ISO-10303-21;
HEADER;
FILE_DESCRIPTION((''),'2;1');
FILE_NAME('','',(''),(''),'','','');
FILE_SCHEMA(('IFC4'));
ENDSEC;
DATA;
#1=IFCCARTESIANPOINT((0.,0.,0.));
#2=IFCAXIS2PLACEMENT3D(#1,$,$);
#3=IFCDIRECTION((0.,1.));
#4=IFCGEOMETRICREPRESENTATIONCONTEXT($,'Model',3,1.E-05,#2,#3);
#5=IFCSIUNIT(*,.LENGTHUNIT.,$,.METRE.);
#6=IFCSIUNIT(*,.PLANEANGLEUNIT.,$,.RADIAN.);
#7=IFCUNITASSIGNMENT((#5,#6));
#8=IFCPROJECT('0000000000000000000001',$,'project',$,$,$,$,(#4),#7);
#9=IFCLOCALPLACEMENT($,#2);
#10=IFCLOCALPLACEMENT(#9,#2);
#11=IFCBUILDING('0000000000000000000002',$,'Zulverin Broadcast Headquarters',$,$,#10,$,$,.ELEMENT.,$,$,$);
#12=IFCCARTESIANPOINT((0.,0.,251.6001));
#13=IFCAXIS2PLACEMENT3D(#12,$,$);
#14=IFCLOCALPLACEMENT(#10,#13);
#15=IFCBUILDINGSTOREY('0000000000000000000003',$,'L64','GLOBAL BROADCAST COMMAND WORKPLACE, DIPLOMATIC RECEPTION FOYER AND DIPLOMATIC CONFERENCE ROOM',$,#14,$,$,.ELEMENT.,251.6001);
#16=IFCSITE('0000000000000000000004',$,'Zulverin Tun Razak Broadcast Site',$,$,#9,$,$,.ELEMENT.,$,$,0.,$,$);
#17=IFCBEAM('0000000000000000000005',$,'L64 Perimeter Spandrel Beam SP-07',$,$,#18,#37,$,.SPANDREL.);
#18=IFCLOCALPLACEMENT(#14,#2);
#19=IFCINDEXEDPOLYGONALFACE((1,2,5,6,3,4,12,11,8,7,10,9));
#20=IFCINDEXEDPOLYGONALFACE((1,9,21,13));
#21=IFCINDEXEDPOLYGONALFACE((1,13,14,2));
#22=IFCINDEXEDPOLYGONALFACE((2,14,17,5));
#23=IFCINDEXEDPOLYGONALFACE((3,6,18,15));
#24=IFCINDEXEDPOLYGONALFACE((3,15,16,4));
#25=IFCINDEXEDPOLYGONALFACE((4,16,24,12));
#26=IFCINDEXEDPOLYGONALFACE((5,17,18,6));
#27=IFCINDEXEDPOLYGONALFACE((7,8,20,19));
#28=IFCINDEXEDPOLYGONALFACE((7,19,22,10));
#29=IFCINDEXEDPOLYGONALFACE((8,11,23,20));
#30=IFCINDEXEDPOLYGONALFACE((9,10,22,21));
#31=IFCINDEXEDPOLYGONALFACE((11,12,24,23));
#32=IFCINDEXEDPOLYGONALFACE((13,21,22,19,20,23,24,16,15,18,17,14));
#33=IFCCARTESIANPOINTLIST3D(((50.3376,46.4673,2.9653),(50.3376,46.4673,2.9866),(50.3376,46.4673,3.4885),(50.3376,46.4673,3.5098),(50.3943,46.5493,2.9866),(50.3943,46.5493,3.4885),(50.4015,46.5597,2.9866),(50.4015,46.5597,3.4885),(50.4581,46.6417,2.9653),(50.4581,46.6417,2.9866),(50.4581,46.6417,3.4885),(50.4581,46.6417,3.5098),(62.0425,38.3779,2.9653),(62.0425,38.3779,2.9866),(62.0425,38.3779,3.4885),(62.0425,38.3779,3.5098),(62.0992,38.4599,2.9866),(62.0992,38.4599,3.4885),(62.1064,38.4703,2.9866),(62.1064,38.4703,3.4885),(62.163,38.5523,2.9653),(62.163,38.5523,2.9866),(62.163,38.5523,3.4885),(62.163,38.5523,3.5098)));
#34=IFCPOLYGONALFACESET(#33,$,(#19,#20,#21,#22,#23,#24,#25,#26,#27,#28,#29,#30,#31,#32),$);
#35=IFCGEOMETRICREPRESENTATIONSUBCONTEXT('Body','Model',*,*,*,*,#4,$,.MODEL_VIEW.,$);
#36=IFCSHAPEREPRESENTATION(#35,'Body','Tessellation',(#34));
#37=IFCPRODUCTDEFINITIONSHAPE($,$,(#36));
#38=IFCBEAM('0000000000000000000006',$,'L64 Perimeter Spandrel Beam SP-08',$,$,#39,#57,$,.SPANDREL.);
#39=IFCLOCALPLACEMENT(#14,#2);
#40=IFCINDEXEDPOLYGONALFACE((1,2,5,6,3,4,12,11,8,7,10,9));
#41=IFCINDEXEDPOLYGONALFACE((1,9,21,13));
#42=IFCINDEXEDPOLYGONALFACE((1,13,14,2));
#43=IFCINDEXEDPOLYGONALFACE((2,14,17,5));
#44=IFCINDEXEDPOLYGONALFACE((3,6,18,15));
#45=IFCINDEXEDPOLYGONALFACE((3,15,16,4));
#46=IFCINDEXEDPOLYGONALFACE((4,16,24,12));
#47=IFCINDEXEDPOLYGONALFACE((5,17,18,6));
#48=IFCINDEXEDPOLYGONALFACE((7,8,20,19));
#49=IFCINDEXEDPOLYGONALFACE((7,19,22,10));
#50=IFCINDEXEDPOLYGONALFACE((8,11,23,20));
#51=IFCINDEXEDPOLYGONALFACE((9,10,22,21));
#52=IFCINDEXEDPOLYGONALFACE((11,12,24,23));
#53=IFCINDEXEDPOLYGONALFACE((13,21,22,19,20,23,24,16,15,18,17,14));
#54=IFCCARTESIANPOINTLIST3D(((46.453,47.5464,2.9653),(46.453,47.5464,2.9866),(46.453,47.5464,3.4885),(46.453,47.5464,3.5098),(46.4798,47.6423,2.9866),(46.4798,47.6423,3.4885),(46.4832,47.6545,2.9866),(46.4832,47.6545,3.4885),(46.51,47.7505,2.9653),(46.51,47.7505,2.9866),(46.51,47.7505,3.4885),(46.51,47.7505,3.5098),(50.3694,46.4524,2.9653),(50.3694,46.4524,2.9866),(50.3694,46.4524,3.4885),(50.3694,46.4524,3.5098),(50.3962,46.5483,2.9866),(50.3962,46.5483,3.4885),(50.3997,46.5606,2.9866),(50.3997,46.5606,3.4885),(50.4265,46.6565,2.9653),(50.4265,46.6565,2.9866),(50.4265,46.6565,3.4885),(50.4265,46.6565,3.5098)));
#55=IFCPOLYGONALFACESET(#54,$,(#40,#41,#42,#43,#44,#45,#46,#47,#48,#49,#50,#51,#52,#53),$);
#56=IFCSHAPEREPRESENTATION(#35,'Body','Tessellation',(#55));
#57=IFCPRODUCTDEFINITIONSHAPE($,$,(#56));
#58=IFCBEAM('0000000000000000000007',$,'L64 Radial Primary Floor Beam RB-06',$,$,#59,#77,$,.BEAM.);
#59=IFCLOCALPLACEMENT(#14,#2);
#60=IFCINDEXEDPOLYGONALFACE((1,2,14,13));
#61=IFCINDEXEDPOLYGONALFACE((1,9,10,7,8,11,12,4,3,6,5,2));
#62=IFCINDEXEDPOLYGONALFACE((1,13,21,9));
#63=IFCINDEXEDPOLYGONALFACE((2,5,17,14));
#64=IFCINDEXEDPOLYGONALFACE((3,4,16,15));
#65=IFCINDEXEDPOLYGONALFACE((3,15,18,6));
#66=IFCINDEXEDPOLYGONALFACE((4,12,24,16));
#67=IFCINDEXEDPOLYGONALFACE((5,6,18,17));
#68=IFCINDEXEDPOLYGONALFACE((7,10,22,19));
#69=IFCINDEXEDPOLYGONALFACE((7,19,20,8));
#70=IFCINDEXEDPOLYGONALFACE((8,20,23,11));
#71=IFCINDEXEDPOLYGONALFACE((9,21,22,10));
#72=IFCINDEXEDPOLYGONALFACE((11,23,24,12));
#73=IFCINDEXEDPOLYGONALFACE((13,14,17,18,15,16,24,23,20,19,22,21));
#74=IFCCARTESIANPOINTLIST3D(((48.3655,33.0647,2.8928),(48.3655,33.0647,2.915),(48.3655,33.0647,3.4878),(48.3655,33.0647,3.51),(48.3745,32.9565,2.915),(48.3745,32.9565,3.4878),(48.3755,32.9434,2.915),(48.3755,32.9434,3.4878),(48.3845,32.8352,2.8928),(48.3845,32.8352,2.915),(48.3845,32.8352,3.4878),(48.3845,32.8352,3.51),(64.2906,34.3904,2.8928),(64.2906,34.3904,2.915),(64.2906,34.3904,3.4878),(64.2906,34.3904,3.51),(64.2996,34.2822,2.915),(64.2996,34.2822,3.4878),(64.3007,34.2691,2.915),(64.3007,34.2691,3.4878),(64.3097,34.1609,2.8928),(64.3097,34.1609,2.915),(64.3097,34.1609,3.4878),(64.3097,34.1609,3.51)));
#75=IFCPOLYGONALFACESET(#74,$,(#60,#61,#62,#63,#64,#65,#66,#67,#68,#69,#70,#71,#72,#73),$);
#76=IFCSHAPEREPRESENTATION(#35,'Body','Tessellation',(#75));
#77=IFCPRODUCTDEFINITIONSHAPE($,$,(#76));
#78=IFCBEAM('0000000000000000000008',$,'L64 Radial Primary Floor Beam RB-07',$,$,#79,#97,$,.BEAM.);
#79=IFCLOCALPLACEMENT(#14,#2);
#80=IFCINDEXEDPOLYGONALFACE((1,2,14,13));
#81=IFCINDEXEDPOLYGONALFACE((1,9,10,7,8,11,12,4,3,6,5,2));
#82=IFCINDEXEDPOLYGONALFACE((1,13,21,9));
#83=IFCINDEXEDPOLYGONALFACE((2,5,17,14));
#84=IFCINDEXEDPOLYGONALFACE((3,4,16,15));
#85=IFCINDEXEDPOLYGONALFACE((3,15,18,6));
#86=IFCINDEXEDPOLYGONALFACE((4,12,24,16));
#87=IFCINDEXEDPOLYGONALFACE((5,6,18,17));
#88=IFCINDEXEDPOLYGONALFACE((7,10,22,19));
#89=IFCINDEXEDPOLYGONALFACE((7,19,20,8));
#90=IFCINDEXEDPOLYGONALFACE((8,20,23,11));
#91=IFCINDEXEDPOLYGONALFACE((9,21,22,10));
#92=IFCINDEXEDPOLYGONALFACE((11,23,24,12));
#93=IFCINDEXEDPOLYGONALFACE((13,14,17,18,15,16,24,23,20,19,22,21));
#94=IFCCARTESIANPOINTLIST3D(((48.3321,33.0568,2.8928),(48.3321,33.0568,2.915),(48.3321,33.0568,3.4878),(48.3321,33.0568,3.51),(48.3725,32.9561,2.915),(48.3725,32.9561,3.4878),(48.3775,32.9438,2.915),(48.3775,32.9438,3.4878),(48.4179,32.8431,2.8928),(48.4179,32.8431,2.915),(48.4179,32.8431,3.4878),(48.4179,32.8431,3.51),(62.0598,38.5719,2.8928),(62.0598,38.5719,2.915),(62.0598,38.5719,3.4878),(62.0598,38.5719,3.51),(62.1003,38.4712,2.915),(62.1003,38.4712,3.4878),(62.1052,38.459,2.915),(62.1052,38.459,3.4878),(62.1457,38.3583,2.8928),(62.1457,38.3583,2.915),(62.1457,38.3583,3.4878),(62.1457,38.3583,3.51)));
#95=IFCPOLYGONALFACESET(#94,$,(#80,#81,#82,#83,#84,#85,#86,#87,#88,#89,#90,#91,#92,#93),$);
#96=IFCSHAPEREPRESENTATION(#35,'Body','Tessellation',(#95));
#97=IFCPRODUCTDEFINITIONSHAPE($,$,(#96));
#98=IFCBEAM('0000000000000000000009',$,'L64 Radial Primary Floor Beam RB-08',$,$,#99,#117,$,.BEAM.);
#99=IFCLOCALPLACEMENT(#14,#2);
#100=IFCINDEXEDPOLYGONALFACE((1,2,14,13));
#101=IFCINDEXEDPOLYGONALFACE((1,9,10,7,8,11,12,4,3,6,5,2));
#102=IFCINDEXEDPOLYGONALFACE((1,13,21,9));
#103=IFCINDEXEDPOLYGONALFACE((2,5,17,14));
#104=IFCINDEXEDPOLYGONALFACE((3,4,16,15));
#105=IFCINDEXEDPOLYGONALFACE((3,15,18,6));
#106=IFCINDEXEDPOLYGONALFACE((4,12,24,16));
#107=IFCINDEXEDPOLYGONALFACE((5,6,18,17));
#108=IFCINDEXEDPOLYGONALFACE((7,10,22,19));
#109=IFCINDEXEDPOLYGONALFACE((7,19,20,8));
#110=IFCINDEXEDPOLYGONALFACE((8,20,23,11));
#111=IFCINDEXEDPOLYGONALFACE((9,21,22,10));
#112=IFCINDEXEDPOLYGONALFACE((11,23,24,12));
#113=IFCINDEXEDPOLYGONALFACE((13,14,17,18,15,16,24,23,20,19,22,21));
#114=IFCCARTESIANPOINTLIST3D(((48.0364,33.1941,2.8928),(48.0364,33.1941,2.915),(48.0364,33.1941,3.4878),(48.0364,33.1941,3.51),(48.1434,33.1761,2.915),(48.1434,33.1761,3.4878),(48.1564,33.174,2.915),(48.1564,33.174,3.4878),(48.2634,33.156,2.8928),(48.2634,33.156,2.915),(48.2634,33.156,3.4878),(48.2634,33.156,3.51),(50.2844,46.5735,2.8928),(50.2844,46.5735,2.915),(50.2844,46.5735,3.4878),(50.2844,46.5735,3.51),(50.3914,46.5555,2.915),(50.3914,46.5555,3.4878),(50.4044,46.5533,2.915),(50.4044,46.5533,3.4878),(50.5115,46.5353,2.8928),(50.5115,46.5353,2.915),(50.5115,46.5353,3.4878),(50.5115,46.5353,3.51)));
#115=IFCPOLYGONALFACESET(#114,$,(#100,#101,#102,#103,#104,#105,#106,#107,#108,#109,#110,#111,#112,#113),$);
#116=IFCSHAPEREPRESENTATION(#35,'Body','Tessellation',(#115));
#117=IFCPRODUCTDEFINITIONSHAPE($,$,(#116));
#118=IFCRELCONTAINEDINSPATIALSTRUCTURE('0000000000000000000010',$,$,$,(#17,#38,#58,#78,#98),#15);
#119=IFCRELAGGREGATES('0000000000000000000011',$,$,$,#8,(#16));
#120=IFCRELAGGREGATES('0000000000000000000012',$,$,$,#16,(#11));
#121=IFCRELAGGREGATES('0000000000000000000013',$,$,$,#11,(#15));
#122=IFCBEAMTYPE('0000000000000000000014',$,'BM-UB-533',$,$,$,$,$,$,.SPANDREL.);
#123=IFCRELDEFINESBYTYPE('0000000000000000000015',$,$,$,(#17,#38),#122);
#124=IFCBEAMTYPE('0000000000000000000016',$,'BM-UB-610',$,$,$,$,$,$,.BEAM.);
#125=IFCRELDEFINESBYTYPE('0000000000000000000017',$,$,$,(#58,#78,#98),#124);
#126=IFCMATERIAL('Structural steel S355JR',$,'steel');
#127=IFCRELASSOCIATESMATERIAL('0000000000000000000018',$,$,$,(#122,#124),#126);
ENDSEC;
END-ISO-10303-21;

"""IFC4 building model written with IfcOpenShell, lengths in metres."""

from ifc_helpers import new_model, si_unit, direction, frame, origin, origin_2d, place, context, subcontext, project, spatial, i_section, extrude, material, material_profile, profile_set, type_object, element, save


model = new_model("IFC4")

# Units and contexts
model_context = context("Model", 3, precision=1e-05, world=origin(), true_north=direction((0.0, 1.0)))
body_context = subcontext(model_context, "Body", "Model", "MODEL_VIEW")
ifc_project = project(units=[si_unit("LENGTHUNIT", "METRE"), si_unit("PLANEANGLEUNIT", "RADIAN")], contexts=[model_context])

# Site, building, storey
site_placement = place(None, origin())
site = spatial("IfcSite", under=ifc_project, at=site_placement, Name="Zulverin Tun Razak Broadcast Site", CompositionType="ELEMENT", RefElevation=0.0)
building_placement = place(site_placement, origin())
building = spatial("IfcBuilding", under=site, at=building_placement, Name="Zulverin Broadcast Headquarters", CompositionType="ELEMENT")
storey_placement = place(building_placement, frame((0.0, 0.0, 251.6001)))
storey = spatial("IfcBuildingStorey", under=building, at=storey_placement, Name="L64", Description="GLOBAL BROADCAST COMMAND WORKPLACE, DIPLOMATIC RECEPTION FOYER AND DIPLOMATIC CONFERENCE ROOM", CompositionType="ELEMENT", Elevation=251.6001)

# Beams
ifc_material_1 = material(Name="Structural steel S355JR", Category="steel")
ifc_material_profile_1 = material_profile(ifc_material_1, i_section(OverallWidth=0.2119, OverallDepth=0.5444, WebThickness=0.0127, FlangeThickness=0.0212, at=origin_2d()), Name="Structural steel S355JR", Category="steel")
ifc_profile_set_1 = profile_set([ifc_material_profile_1], Name="Structural steel S355JR")
beam_type_1 = type_object("IfcBeamType", Name="BM-UB-533", PredefinedType="SPANDREL", material=ifc_profile_set_1)
beam_1_placement = place(storey_placement, frame((62.1028, 38.4651, 3.2375), z_axis=(-0.822652, 0.568545, 0.0), x_axis=(-0.568545, -0.822652, 0.0)))
element("IfcBeam", 1, at=beam_1_placement, inside=storey, type_object=beam_type_1, Name="L64 Perimeter Spandrel Beam SP-07", PredefinedType="SPANDREL", context=body_context, shape_type="SweptSolid", body=[
    extrude(i_section(OverallWidth=0.2119, OverallDepth=0.5444, WebThickness=0.0127, FlangeThickness=0.0212, at=origin_2d()), origin(), (0.0, 0.0, 1.0), 14.2283),
])
beam_2_placement = place(storey_placement, frame((50.3979, 46.5544, 3.2375), z_axis=(-0.963132, 0.269031, 0.0), x_axis=(-0.269031, -0.963132, 0.0)))
element("IfcBeam", 2, at=beam_2_placement, inside=storey, type_object=beam_type_1, Name="L64 Perimeter Spandrel Beam SP-08", PredefinedType="SPANDREL", context=body_context, shape_type="SweptSolid", body=[
    extrude(i_section(OverallWidth=0.2119, OverallDepth=0.5444, WebThickness=0.0127, FlangeThickness=0.0212, at=origin_2d()), origin(), (0.0, 0.0, 1.0), 4.0664),
])
ifc_material_profile_2 = material_profile(ifc_material_1, i_section(OverallWidth=0.2302, OverallDepth=0.6172, WebThickness=0.0132, FlangeThickness=0.0222, at=origin_2d()), Name="Structural steel S355JR", Category="steel")
ifc_profile_set_2 = profile_set([ifc_material_profile_2], Name="Structural steel S355JR")
beam_type_2 = type_object("IfcBeamType", Name="BM-UB-610", PredefinedType="BEAM", material=ifc_profile_set_2)
beam_3_placement = place(storey_placement, frame((48.375, 32.95, 3.2014), z_axis=(0.996553, 0.082958, 0.0), x_axis=(-0.082958, 0.996553, 0.0)))
element("IfcBeam", 3, at=beam_3_placement, inside=storey, type_object=beam_type_2, Name="L64 Radial Primary Floor Beam RB-06", PredefinedType="BEAM", context=body_context, shape_type="SweptSolid", body=[
    extrude(i_section(OverallWidth=0.2302, OverallDepth=0.6172, WebThickness=0.0132, FlangeThickness=0.0222, at=origin_2d()), origin(), (0.0, 0.0, 1.0), 15.9802),
])
beam_4_placement = place(storey_placement, frame((48.375, 32.95, 3.2014), z_axis=(0.927916, 0.37279, 0.0), x_axis=(-0.37279, 0.927916, 0.0)))
element("IfcBeam", 4, at=beam_4_placement, inside=storey, type_object=beam_type_2, Name="L64 Radial Primary Floor Beam RB-07", PredefinedType="BEAM", context=body_context, shape_type="SweptSolid", body=[
    extrude(i_section(OverallWidth=0.2302, OverallDepth=0.6172, WebThickness=0.0132, FlangeThickness=0.0222, at=origin_2d()), origin(), (0.0, 0.0, 1.0), 14.7942),
])
beam_5_placement = place(storey_placement, frame((48.1499, 33.175, 3.2014), z_axis=(0.1657, 0.986176, 0.0), x_axis=(-0.986176, 0.1657, 0.0)))
element("IfcBeam", 5, at=beam_5_placement, inside=storey, type_object=beam_type_2, Name="L64 Radial Primary Floor Beam RB-08", PredefinedType="BEAM", context=body_context, shape_type="SweptSolid", body=[
    extrude(i_section(OverallWidth=0.2302, OverallDepth=0.6172, WebThickness=0.0132, FlangeThickness=0.0222, at=origin_2d()), origin(), (0.0, 0.0, 1.0), 13.5669),
])

save(model, "model.ifc")
